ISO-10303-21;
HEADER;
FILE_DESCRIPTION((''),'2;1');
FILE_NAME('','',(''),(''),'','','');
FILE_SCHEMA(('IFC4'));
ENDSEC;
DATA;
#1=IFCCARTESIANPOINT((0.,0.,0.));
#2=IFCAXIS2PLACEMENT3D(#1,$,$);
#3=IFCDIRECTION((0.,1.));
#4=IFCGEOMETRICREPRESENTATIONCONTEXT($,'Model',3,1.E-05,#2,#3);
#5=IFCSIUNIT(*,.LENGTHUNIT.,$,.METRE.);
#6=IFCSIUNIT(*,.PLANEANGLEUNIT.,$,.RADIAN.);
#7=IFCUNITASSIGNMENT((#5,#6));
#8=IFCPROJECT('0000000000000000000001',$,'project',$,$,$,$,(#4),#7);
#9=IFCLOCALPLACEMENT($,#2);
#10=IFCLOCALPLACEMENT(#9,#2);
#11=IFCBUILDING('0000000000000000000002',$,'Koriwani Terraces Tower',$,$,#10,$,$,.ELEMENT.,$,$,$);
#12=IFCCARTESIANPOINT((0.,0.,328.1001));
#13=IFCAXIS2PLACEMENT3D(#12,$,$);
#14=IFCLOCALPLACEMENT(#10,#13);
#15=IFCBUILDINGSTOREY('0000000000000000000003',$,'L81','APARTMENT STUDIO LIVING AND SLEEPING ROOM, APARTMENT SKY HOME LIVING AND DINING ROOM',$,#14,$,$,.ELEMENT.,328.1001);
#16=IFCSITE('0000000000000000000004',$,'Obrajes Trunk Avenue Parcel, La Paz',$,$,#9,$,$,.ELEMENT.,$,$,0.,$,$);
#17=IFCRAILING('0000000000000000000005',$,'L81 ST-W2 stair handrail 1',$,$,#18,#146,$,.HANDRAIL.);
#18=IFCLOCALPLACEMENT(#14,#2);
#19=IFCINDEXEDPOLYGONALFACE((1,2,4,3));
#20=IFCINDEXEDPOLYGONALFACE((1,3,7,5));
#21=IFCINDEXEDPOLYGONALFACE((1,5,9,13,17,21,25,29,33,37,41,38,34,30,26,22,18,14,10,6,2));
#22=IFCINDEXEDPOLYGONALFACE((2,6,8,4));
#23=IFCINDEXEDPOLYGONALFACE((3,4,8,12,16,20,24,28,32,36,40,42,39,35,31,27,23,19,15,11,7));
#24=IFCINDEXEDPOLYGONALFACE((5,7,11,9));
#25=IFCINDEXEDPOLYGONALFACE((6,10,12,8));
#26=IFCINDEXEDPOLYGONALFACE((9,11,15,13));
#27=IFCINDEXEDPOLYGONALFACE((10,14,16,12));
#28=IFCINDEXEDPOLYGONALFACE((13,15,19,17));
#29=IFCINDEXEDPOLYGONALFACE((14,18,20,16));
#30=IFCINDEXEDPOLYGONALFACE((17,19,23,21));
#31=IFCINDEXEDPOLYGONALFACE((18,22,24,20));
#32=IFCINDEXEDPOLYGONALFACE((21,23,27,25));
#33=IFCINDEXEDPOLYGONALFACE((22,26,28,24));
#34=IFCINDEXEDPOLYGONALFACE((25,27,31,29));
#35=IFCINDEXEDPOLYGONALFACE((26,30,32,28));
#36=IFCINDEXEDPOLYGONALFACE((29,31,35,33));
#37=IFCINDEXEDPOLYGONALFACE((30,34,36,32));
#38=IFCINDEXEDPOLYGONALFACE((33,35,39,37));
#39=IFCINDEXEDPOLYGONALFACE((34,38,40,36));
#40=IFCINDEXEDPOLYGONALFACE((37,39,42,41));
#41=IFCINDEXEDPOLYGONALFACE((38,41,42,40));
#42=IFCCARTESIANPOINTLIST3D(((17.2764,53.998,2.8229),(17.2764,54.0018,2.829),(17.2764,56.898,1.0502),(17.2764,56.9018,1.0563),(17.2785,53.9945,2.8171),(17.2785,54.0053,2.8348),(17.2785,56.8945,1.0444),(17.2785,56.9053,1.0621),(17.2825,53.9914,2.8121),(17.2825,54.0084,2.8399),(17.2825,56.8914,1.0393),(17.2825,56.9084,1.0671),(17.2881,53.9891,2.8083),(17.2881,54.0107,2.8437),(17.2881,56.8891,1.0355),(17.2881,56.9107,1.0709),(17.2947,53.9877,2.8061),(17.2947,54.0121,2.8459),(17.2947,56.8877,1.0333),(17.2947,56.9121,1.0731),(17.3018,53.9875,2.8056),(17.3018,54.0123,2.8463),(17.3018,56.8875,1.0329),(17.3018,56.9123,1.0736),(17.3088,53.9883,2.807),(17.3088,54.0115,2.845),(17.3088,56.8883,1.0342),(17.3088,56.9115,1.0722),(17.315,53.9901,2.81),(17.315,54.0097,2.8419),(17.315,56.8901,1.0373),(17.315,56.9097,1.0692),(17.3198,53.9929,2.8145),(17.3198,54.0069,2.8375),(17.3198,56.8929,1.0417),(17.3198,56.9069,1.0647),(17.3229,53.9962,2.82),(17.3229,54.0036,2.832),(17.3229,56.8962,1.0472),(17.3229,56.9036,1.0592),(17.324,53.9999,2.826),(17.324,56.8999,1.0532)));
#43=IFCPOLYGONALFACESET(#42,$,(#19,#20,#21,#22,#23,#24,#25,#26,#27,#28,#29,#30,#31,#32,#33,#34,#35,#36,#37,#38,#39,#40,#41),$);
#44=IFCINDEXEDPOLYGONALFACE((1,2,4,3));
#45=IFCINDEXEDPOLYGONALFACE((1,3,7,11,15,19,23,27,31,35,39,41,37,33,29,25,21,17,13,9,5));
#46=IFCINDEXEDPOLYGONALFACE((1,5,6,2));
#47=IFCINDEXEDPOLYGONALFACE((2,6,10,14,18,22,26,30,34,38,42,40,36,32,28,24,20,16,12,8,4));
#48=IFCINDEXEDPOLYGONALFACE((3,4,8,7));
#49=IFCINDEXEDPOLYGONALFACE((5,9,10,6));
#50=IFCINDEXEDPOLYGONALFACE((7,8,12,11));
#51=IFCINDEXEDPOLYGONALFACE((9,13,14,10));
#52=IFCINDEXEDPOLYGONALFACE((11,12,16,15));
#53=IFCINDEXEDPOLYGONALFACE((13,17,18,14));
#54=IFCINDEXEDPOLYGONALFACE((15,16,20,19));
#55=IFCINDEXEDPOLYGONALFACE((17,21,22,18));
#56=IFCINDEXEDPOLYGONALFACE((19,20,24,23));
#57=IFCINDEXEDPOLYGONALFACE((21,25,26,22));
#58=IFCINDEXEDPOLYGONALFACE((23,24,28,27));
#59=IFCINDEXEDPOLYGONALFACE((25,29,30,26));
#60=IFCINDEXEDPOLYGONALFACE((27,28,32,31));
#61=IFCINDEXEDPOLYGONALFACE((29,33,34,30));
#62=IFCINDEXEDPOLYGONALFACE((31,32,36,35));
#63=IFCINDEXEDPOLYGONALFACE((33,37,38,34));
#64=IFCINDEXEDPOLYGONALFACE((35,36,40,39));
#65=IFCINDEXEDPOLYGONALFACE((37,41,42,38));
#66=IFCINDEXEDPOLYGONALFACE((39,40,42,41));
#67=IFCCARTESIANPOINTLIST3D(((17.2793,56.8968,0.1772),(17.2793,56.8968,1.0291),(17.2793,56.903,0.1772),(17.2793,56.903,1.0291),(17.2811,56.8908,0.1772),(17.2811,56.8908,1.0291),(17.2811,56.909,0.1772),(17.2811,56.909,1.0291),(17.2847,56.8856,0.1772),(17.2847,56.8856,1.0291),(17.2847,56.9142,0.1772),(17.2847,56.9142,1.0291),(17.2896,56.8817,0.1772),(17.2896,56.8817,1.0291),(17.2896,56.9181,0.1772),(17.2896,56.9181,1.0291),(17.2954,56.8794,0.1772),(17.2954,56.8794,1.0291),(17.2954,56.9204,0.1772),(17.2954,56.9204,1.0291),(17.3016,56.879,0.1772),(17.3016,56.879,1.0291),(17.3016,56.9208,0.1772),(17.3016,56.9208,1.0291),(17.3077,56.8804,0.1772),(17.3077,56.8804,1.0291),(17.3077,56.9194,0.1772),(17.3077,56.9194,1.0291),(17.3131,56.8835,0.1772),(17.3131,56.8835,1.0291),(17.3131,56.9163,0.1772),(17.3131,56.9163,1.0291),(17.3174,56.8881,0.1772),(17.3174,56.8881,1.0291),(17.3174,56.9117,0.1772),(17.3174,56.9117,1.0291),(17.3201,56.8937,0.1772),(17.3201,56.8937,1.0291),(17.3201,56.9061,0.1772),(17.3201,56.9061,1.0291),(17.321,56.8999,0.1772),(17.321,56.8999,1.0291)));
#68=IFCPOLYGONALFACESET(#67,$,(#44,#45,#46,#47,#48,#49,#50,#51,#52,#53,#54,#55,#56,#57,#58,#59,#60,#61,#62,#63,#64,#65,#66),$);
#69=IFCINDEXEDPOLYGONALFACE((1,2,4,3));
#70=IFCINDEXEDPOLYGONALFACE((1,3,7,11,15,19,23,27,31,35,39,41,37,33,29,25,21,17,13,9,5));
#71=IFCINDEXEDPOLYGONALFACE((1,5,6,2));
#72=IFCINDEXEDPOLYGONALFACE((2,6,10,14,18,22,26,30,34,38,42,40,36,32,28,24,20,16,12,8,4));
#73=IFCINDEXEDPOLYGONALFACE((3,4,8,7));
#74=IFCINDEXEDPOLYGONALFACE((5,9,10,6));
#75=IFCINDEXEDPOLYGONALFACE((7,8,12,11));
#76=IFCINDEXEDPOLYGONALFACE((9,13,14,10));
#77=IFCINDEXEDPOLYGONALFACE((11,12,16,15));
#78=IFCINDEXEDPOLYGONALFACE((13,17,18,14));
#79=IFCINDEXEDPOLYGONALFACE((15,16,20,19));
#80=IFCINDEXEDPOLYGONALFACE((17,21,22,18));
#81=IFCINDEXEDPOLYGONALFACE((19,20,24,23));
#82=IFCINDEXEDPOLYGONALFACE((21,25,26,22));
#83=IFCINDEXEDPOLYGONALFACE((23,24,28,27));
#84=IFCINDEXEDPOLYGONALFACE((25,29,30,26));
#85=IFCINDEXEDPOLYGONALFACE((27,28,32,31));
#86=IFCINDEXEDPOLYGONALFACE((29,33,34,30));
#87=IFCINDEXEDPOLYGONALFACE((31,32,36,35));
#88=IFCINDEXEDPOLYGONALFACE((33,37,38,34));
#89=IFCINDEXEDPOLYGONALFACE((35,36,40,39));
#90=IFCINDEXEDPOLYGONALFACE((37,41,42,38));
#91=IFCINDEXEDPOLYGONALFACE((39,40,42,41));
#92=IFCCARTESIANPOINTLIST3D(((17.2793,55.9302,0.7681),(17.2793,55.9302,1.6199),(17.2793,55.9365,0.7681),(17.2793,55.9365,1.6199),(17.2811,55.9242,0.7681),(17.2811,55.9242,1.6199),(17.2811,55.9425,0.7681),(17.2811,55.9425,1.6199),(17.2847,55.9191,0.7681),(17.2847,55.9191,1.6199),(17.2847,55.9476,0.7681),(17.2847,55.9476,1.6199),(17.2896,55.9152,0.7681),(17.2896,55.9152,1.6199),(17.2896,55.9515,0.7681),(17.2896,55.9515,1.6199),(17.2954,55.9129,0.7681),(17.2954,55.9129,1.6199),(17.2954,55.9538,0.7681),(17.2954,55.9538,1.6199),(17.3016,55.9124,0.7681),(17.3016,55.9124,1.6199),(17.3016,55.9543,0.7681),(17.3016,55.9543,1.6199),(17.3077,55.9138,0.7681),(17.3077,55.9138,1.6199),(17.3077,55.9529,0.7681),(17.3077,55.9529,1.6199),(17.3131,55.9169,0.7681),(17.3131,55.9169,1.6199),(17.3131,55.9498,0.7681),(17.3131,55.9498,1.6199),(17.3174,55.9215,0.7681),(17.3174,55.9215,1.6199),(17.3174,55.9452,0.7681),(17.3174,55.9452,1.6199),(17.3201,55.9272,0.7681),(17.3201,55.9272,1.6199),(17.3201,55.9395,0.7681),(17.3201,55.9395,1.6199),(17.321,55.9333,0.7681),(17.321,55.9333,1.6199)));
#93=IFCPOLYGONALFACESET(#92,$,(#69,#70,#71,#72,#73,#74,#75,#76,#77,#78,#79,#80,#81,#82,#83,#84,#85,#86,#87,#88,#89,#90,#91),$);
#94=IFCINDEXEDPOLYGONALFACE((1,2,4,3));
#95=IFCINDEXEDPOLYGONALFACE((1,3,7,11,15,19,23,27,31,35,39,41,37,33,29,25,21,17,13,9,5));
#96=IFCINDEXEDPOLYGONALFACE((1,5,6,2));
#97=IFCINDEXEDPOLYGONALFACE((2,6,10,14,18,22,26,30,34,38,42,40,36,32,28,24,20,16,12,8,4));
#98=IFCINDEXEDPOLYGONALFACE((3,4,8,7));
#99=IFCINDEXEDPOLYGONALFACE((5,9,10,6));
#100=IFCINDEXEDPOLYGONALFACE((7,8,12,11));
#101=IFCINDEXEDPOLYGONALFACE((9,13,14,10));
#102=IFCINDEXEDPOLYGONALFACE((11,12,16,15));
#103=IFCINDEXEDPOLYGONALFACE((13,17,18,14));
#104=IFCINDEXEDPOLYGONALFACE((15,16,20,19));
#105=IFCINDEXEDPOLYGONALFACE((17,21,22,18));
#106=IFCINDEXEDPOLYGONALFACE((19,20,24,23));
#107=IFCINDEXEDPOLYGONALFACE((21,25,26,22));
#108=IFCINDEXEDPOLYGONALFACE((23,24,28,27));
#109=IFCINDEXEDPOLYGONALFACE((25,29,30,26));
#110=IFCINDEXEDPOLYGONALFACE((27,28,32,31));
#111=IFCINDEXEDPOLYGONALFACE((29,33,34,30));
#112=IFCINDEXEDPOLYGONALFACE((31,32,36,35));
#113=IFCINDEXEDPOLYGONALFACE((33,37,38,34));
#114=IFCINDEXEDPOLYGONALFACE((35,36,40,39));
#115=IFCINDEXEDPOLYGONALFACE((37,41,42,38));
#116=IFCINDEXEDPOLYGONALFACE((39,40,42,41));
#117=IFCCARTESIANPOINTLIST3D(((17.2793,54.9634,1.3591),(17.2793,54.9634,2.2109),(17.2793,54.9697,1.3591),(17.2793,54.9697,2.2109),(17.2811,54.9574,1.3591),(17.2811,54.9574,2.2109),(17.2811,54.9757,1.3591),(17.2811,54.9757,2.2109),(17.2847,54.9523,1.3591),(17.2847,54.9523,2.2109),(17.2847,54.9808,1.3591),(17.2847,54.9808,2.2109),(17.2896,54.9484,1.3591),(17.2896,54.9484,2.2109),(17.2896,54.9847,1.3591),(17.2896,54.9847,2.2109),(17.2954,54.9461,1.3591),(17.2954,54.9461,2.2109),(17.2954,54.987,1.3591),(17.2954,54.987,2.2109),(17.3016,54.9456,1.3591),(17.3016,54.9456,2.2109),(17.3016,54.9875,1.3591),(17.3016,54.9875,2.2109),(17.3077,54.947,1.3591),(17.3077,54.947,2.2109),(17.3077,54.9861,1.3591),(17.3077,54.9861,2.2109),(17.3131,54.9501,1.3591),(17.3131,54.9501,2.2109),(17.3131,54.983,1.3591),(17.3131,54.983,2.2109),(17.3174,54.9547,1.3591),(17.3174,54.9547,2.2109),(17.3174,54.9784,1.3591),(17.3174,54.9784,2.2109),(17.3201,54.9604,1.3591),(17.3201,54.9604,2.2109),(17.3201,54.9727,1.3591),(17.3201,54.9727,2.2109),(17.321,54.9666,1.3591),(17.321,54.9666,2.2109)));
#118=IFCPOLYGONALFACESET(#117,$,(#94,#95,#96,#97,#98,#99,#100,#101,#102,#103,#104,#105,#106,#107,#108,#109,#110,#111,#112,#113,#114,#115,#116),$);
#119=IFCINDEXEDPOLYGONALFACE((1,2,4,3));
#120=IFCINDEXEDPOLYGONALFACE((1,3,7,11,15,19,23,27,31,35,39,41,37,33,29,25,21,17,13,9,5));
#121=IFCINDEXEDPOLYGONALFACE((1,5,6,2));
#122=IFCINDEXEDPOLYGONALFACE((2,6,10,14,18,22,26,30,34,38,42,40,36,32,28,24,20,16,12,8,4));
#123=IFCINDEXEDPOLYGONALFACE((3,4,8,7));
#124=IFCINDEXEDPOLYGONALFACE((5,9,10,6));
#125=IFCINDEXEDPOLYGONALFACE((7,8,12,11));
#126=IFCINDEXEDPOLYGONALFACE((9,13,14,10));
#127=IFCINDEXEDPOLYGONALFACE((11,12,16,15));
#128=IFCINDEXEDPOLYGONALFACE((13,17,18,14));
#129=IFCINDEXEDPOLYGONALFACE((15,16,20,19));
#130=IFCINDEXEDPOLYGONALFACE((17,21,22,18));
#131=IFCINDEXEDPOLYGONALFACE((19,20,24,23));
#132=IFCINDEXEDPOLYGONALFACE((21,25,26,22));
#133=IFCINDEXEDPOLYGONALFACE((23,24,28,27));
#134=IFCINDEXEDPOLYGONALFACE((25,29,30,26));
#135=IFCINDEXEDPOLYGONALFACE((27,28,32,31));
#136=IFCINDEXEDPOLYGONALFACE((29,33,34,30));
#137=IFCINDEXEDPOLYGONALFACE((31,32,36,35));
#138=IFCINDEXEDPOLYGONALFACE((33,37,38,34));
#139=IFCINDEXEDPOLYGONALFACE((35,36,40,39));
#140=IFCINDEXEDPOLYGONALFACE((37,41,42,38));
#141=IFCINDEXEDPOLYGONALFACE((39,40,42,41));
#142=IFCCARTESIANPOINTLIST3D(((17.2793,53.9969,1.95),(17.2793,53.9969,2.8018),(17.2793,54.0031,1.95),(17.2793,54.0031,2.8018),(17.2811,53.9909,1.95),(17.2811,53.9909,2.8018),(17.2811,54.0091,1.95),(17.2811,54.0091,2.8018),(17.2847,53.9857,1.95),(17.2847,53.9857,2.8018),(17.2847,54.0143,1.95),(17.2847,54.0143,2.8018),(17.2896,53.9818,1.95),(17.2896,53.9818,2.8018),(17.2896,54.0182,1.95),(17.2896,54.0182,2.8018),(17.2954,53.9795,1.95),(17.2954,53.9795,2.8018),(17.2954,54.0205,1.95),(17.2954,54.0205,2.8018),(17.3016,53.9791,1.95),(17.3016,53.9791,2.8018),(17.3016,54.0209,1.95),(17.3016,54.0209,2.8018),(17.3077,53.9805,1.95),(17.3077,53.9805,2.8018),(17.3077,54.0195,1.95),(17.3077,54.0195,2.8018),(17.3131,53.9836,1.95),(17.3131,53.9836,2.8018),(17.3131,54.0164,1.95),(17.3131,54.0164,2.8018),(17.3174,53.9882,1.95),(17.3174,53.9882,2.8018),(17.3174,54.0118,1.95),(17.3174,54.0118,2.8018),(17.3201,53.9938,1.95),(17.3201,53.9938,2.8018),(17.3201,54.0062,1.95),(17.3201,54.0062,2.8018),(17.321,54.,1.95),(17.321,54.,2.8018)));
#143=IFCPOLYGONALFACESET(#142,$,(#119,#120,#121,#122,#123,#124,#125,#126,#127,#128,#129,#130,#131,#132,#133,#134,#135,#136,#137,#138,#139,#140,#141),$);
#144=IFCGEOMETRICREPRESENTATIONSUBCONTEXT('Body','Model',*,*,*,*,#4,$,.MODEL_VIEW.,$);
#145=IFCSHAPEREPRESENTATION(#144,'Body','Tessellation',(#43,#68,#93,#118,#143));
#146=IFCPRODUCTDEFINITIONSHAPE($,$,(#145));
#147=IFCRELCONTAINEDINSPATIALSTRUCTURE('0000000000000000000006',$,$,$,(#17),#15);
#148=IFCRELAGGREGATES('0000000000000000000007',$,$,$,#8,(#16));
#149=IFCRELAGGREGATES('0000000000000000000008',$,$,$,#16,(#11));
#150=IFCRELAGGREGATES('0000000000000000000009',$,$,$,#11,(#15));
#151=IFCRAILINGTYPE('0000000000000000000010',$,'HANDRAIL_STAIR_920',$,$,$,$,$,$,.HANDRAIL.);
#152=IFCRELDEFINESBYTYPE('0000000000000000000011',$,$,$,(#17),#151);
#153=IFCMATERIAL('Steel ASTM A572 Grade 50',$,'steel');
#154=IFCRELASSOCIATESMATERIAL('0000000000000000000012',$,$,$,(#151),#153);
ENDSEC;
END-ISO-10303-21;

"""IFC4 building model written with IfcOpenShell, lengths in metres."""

from ifc_helpers import new_model, si_unit, direction, frame, origin, origin_2d, place, context, subcontext, project, spatial, circle, extrude, material, type_object, element, save


model = new_model("IFC4")

# Units and contexts
model_context = context("Model", 3, precision=1e-05, world=origin(), true_north=direction((0.0, 1.0)))
body_context = subcontext(model_context, "Body", "Model", "MODEL_VIEW")
ifc_project = project(units=[si_unit("LENGTHUNIT", "METRE"), si_unit("PLANEANGLEUNIT", "RADIAN")], contexts=[model_context])

# Site, building, storey
site_placement = place(None, origin())
site = spatial("IfcSite", under=ifc_project, at=site_placement, Name="Obrajes Trunk Avenue Parcel, La Paz", CompositionType="ELEMENT", RefElevation=0.0)
building_placement = place(site_placement, origin())
building = spatial("IfcBuilding", under=site, at=building_placement, Name="Koriwani Terraces Tower", CompositionType="ELEMENT")
storey_placement = place(building_placement, frame((0.0, 0.0, 328.1001)))
storey = spatial("IfcBuildingStorey", under=building, at=storey_placement, Name="L81", Description="APARTMENT STUDIO LIVING AND SLEEPING ROOM, APARTMENT SKY HOME LIVING AND DINING ROOM", CompositionType="ELEMENT", Elevation=328.1001)

# Shared definitions
ifc_material_1 = material(Name="Steel ASTM A572 Grade 50", Category="steel")

# Railing
railing_type_1 = type_object("IfcRailingType", Name="HANDRAIL_STAIR_920", PredefinedType="HANDRAIL", material=ifc_material_1)
railing_1_placement = place(storey_placement, frame((17.3, 56.8999, 0.1772)))
element("IfcRailing", 1, at=railing_1_placement, inside=storey, type_object=railing_type_1, Name="L81 ST-W2 stair handrail 1", PredefinedType="HANDRAIL", context=body_context, shape_type="SweptSolid", body=[
    extrude(circle(Radius=0.0239, at=origin_2d()), frame((0.0, 0.0, 0.876), z_axis=(0.0, -0.853211, 0.521566), x_axis=(1.0, 0.0, 0.0)), (0.0, 0.0, 1.0), 3.3989),
    extrude(circle(Radius=0.021, at=origin_2d()), origin(), (0.0, 0.0, 1.0), 0.8518),
    extrude(circle(Radius=0.021, at=origin_2d()), frame((0.0, -0.9666, 0.5908)), (0.0, 0.0, 1.0), 0.8518),
    extrude(circle(Radius=0.021, at=origin_2d()), frame((0.0, -1.9333, 1.1819)), (0.0, 0.0, 1.0), 0.8518),
    extrude(circle(Radius=0.021, at=origin_2d()), frame((0.0, -2.8999, 1.7727)), (0.0, 0.0, 1.0), 0.8518),
])

save(model, "model.ifc")
